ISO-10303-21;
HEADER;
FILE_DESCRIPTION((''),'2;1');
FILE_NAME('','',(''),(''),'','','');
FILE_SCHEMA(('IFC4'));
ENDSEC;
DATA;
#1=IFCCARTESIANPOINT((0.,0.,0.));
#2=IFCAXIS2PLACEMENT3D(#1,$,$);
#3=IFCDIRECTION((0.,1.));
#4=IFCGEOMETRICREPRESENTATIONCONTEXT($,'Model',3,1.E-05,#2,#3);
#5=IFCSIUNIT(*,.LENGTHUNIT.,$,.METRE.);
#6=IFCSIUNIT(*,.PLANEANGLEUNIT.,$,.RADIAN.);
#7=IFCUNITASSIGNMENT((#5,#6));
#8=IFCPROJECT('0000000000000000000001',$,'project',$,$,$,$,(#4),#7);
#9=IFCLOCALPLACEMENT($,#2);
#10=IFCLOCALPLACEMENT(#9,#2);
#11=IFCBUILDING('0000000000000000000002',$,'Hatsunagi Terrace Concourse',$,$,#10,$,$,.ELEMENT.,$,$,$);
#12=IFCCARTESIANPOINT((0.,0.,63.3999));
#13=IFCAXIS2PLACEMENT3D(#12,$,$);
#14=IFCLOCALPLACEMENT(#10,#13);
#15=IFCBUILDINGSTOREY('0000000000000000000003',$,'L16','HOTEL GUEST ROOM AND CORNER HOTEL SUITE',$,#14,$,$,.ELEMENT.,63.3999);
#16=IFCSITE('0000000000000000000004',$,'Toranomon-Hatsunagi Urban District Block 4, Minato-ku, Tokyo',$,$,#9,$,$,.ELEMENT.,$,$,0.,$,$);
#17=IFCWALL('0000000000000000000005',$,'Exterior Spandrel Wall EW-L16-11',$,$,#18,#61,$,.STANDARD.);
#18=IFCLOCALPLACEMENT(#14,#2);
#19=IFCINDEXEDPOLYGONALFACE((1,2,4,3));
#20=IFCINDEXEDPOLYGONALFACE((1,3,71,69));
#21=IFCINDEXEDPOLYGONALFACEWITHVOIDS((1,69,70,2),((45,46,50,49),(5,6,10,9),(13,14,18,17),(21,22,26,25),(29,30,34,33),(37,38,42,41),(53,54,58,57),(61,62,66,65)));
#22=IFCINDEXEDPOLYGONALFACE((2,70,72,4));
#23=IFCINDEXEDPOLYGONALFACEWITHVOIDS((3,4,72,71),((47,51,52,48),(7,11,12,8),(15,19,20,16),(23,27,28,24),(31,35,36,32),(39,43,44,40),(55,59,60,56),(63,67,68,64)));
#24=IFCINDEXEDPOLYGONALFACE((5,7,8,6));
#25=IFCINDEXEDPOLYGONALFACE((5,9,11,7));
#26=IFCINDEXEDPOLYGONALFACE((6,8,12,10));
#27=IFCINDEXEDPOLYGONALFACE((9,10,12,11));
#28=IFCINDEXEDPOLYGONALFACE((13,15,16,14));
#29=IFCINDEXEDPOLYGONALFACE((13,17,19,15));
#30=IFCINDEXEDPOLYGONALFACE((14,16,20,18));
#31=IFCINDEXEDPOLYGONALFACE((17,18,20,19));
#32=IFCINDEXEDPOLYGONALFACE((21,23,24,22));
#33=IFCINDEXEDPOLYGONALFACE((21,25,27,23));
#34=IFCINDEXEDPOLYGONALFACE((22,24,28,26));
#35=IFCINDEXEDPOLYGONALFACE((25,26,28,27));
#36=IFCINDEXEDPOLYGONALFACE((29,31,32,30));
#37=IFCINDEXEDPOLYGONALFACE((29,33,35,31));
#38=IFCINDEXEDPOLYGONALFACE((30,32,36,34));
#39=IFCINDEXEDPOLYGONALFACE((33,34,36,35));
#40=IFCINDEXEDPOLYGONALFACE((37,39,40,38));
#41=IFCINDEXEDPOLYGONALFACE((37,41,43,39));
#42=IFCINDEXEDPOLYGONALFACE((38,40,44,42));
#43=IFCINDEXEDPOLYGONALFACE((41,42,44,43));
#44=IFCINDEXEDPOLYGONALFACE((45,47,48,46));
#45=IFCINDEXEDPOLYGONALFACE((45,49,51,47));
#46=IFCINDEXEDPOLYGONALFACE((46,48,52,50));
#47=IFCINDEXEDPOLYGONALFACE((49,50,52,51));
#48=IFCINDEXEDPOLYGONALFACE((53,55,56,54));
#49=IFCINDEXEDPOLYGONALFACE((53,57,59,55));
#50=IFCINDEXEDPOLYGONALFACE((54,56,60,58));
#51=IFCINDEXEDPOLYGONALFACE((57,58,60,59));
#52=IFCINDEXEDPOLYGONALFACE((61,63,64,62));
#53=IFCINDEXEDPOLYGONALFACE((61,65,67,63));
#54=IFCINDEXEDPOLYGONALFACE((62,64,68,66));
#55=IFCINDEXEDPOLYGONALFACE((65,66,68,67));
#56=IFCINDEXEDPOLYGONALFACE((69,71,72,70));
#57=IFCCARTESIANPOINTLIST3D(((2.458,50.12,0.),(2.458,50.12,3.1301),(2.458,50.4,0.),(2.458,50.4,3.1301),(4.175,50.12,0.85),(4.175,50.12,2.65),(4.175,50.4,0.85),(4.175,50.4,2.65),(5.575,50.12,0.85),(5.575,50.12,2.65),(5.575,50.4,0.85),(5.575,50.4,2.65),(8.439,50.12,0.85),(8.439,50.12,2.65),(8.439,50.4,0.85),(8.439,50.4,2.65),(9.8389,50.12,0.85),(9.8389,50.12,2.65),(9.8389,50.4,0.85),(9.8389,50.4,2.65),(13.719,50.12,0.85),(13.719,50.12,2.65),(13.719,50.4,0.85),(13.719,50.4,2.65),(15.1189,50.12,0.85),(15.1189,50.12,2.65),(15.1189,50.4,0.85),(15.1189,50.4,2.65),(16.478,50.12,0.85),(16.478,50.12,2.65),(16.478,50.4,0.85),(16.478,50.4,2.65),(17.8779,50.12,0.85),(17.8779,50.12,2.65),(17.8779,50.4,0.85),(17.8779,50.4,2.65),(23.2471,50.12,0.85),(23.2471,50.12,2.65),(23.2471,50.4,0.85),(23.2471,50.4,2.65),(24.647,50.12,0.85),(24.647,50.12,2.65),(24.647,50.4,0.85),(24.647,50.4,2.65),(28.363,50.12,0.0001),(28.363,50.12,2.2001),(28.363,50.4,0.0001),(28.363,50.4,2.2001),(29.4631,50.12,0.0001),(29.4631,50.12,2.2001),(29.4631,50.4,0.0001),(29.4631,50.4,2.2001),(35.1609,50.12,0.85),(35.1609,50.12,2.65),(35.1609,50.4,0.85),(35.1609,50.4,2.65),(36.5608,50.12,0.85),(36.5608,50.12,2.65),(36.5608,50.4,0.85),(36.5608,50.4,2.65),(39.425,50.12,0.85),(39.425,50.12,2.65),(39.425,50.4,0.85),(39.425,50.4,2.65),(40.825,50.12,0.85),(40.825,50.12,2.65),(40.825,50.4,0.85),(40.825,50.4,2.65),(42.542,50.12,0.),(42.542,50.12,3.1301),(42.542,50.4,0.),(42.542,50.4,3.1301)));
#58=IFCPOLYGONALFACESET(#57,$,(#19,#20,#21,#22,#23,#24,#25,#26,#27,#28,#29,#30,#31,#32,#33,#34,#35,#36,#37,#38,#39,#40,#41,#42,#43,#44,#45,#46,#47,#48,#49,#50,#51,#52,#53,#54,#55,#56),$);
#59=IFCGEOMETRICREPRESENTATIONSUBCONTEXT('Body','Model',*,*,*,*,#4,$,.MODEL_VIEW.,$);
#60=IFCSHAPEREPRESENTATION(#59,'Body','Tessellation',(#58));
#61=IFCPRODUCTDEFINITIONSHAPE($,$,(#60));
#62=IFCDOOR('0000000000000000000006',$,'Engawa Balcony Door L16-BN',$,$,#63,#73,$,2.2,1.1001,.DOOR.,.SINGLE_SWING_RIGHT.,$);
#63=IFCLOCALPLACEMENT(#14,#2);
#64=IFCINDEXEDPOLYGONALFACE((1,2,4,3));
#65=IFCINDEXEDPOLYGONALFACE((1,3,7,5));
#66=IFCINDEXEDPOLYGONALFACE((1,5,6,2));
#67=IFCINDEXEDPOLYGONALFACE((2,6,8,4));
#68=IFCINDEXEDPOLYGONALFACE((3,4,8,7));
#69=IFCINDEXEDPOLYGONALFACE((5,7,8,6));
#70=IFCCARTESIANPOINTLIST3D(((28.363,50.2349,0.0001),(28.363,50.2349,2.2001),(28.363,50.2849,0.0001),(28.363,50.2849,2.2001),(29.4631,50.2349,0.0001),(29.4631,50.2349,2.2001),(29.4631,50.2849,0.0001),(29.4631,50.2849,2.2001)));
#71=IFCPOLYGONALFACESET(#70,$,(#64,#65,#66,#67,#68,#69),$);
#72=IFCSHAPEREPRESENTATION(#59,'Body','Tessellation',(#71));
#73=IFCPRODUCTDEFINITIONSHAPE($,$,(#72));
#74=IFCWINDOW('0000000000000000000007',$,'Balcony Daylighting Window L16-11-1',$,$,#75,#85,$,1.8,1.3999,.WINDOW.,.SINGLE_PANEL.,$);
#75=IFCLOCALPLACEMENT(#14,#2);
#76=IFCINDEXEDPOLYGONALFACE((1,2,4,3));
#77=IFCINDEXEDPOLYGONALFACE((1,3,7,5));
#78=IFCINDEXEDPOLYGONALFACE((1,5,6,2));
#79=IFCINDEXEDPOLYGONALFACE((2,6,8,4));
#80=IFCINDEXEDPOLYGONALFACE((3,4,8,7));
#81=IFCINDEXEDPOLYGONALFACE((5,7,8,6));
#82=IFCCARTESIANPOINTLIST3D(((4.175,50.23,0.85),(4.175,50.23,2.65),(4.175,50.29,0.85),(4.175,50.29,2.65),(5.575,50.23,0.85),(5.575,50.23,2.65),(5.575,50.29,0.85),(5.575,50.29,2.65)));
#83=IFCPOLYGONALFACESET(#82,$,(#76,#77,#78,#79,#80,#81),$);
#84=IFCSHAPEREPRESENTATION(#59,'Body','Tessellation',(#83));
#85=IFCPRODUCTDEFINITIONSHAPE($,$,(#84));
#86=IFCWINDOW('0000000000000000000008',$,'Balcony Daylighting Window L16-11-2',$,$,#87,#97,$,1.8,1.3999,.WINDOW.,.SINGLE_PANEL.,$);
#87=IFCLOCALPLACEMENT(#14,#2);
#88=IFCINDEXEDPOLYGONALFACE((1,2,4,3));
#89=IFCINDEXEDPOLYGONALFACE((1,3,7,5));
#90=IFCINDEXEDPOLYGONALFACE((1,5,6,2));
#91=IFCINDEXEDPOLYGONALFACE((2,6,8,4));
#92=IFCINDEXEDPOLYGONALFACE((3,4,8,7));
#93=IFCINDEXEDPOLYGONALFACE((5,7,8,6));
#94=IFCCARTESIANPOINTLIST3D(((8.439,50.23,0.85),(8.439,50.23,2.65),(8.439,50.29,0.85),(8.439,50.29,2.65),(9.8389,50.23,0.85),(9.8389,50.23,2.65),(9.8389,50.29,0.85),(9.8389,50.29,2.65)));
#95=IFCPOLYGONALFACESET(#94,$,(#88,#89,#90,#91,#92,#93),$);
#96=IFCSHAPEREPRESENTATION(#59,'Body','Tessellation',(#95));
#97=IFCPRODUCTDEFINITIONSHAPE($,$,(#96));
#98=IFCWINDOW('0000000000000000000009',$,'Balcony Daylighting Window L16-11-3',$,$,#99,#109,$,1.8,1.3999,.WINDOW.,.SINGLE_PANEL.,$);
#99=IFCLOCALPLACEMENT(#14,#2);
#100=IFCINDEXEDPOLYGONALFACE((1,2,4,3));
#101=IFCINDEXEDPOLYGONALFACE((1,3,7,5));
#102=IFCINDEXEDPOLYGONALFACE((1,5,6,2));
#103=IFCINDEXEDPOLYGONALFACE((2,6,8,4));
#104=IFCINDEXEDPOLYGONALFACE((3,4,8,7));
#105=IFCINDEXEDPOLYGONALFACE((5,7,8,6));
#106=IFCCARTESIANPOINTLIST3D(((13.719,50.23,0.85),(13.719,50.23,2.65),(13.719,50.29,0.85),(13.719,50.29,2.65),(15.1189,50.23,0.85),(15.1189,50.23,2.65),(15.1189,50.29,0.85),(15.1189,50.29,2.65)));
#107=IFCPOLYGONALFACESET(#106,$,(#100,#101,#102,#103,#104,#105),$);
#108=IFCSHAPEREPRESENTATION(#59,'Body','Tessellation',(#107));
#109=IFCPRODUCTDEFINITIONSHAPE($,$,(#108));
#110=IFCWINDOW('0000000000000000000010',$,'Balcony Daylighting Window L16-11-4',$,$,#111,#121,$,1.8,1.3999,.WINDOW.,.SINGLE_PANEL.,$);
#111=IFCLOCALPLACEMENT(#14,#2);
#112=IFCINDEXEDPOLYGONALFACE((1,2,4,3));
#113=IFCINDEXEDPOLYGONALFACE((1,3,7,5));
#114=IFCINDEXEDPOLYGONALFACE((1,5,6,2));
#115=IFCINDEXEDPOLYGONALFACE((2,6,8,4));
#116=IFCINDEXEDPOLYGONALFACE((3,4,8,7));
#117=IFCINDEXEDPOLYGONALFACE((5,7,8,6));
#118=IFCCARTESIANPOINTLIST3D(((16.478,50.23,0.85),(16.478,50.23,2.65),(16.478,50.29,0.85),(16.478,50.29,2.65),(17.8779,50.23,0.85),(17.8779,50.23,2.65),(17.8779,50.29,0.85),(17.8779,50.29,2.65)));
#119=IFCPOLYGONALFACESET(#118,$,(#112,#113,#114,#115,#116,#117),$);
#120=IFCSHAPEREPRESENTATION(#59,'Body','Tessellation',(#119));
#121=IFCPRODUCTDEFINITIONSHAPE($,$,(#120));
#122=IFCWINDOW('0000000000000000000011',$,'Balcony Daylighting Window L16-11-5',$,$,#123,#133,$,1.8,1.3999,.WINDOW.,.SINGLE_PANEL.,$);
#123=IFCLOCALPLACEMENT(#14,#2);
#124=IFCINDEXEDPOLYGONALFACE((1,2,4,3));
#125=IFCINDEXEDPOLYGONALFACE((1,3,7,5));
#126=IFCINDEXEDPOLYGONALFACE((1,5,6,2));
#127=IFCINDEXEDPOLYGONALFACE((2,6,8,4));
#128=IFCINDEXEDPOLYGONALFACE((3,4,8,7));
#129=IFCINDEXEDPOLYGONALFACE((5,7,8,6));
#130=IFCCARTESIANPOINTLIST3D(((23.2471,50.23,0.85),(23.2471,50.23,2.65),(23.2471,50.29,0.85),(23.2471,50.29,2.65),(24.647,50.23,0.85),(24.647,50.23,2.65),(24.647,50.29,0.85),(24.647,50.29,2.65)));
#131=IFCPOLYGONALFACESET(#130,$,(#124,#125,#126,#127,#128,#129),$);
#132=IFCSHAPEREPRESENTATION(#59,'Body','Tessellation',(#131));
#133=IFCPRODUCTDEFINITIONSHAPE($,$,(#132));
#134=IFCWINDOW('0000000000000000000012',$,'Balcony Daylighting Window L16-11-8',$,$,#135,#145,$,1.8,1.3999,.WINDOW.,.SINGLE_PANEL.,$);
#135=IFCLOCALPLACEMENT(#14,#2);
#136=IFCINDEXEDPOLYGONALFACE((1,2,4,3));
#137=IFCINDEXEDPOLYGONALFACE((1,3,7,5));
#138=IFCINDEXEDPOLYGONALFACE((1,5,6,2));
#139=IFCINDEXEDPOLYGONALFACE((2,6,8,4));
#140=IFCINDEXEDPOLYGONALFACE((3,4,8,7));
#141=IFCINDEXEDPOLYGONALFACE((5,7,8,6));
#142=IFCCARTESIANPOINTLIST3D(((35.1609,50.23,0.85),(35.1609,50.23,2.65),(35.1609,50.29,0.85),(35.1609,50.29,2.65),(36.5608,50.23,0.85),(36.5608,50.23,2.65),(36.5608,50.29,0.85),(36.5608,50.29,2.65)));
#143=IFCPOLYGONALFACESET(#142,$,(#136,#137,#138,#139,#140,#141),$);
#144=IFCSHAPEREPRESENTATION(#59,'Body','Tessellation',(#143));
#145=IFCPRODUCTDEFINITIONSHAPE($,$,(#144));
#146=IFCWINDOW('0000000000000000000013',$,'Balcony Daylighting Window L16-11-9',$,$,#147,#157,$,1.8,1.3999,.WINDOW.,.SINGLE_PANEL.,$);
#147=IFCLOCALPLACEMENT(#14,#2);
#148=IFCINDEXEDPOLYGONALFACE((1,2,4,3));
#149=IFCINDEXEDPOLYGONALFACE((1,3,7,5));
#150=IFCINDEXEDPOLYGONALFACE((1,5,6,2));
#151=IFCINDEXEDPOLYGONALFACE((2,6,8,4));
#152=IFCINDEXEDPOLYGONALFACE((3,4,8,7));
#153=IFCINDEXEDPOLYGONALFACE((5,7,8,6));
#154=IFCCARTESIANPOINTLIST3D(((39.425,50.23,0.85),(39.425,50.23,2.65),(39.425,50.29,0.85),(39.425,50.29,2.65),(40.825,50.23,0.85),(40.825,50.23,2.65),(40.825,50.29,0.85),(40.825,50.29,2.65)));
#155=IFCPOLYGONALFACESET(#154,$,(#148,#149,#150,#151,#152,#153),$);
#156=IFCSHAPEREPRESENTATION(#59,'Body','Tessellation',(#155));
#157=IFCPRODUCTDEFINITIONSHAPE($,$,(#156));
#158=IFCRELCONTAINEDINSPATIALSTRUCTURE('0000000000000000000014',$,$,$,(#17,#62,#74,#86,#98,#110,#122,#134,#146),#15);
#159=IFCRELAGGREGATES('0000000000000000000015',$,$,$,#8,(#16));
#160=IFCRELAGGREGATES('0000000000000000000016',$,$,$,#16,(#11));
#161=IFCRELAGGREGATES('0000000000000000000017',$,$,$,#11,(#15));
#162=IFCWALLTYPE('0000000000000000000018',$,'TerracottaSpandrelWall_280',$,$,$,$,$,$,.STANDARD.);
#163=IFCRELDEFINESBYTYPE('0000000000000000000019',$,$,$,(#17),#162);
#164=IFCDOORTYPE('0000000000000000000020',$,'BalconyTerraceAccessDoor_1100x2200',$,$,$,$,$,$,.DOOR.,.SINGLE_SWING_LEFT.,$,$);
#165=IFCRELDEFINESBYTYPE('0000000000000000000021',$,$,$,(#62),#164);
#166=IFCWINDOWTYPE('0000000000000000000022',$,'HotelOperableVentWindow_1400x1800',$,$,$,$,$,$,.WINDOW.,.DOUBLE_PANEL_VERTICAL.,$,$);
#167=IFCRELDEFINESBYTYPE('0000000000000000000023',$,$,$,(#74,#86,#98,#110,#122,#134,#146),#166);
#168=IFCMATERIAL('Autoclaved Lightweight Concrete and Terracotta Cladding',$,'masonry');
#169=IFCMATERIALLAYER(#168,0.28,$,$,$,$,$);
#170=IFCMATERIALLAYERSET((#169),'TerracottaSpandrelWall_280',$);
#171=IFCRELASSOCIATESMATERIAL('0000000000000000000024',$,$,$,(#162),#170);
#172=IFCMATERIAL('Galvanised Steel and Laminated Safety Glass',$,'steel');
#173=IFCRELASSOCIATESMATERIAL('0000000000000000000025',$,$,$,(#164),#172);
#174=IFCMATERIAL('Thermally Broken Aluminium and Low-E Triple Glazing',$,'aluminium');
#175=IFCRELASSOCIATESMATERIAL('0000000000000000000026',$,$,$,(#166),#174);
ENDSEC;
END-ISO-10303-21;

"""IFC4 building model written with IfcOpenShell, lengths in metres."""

from ifc_helpers import new_model, si_unit, direction, frame, frame_2d, origin, place, context, subcontext, project, spatial, rectangle, extrude, material, layer, layer_set, type_object, element, fill, save


model = new_model("IFC4")

# Units and contexts
model_context = context("Model", 3, precision=1e-05, world=origin(), true_north=direction((0.0, 1.0)))
body_context = subcontext(model_context, "Body", "Model", "MODEL_VIEW")
ifc_project = project(units=[si_unit("LENGTHUNIT", "METRE"), si_unit("PLANEANGLEUNIT", "RADIAN")], contexts=[model_context])

# Site, building, storey
site_placement = place(None, origin())
site = spatial("IfcSite", under=ifc_project, at=site_placement, Name="Toranomon-Hatsunagi Urban District Block 4, Minato-ku, Tokyo", CompositionType="ELEMENT", RefElevation=0.0)
building_placement = place(site_placement, origin())
building = spatial("IfcBuilding", under=site, at=building_placement, Name="Hatsunagi Terrace Concourse", CompositionType="ELEMENT")
storey_placement = place(building_placement, frame((0.0, 0.0, 63.3999)))
storey = spatial("IfcBuildingStorey", under=building, at=storey_placement, Name="L16", Description="HOTEL GUEST ROOM AND CORNER HOTEL SUITE", CompositionType="ELEMENT", Elevation=63.3999)

# Shared definitions
ifc_material_1 = material(Name="Autoclaved Lightweight Concrete and Terracotta Cladding", Category="masonry")
ifc_layer_1 = layer(ifc_material_1, 0.28)
ifc_layer_set_1 = layer_set([ifc_layer_1], Name="TerracottaSpandrelWall_280")
wall_type = type_object("IfcWallType", Name="TerracottaSpandrelWall_280", PredefinedType="STANDARD", material=ifc_layer_set_1)

# Wall, openings, door, windows
wall_1_placement = place(storey_placement, frame((2.458, 50.26, 0.0), z_axis=(0.0, 0.0, 1.0), x_axis=(1.0, 0.0, 0.0)))
wall_1 = element("IfcWall", 1, at=wall_1_placement, inside=storey, type_object=wall_type, Name="Exterior Spandrel Wall EW-L16-11", PredefinedType="STANDARD", context=body_context, shape_type="SweptSolid", body=[
    extrude(rectangle(XDim=40.084, YDim=0.28, at=frame_2d((20.042, 0.0))), origin(), (0.0, 0.0, 1.0), 3.1301),
])
opening_1_placement = place(wall_1_placement, frame((25.905, 0.0, 0.0)))
opening_1 = element("IfcOpeningElement", 2, at=opening_1_placement, cuts=wall_1, PredefinedType="OPENING", context=body_context, shape_type="SweptSolid", body=[
    extrude(rectangle(XDim=1.1001, YDim=2.2, at=frame_2d((0.55, 1.1001))), frame((0.0, 0.1499, 0.0), z_axis=(0.0, -1.0, 0.0), x_axis=(1.0, 0.0, 0.0)), (0.0, 0.0, 1.0), 0.3),
])
opening_2_placement = place(wall_1_placement, frame((1.717, 0.0, 0.8501)))
opening_2 = element("IfcOpeningElement", 3, at=opening_2_placement, cuts=wall_1, PredefinedType="OPENING", context=body_context, shape_type="SweptSolid", body=[
    extrude(rectangle(XDim=1.3999, YDim=1.8, at=frame_2d((0.7, 0.8999))), frame((0.0, 0.1499, 0.0), z_axis=(0.0, -1.0, 0.0), x_axis=(1.0, 0.0, 0.0)), (0.0, 0.0, 1.0), 0.3),
])
opening_3_placement = place(wall_1_placement, frame((5.981, 0.0, 0.8501)))
opening_3 = element("IfcOpeningElement", 4, at=opening_3_placement, cuts=wall_1, PredefinedType="OPENING", context=body_context, shape_type="SweptSolid", body=[
    extrude(rectangle(XDim=1.3999, YDim=1.8, at=frame_2d((0.7, 0.8999))), frame((0.0, 0.1499, 0.0), z_axis=(0.0, -1.0, 0.0), x_axis=(1.0, 0.0, 0.0)), (0.0, 0.0, 1.0), 0.3),
])
opening_4_placement = place(wall_1_placement, frame((11.261, 0.0, 0.8501)))
opening_4 = element("IfcOpeningElement", 5, at=opening_4_placement, cuts=wall_1, PredefinedType="OPENING", context=body_context, shape_type="SweptSolid", body=[
    extrude(rectangle(XDim=1.3999, YDim=1.8, at=frame_2d((0.7, 0.8999))), frame((0.0, 0.1499, 0.0), z_axis=(0.0, -1.0, 0.0), x_axis=(1.0, 0.0, 0.0)), (0.0, 0.0, 1.0), 0.3),
])
opening_5_placement = place(wall_1_placement, frame((14.02, 0.0, 0.8501)))
opening_5 = element("IfcOpeningElement", 6, at=opening_5_placement, cuts=wall_1, PredefinedType="OPENING", context=body_context, shape_type="SweptSolid", body=[
    extrude(rectangle(XDim=1.3999, YDim=1.8, at=frame_2d((0.7, 0.8999))), frame((0.0, 0.1499, 0.0), z_axis=(0.0, -1.0, 0.0), x_axis=(1.0, 0.0, 0.0)), (0.0, 0.0, 1.0), 0.3),
])
opening_6_placement = place(wall_1_placement, frame((20.7891, 0.0, 0.8501)))
opening_6 = element("IfcOpeningElement", 7, at=opening_6_placement, cuts=wall_1, PredefinedType="OPENING", context=body_context, shape_type="SweptSolid", body=[
    extrude(rectangle(XDim=1.3999, YDim=1.8, at=frame_2d((0.7, 0.8999))), frame((0.0, 0.1499, 0.0), z_axis=(0.0, -1.0, 0.0), x_axis=(1.0, 0.0, 0.0)), (0.0, 0.0, 1.0), 0.3),
])
opening_7_placement = place(wall_1_placement, frame((32.7029, 0.0, 0.8501)))
opening_7 = element("IfcOpeningElement", 8, at=opening_7_placement, cuts=wall_1, PredefinedType="OPENING", context=body_context, shape_type="SweptSolid", body=[
    extrude(rectangle(XDim=1.3999, YDim=1.8, at=frame_2d((0.7, 0.8999))), frame((0.0, 0.1499, 0.0), z_axis=(0.0, -1.0, 0.0), x_axis=(1.0, 0.0, 0.0)), (0.0, 0.0, 1.0), 0.3),
])
opening_8_placement = place(wall_1_placement, frame((36.967, 0.0, 0.8501)))
opening_8 = element("IfcOpeningElement", 9, at=opening_8_placement, cuts=wall_1, PredefinedType="OPENING", context=body_context, shape_type="SweptSolid", body=[
    extrude(rectangle(XDim=1.3999, YDim=1.8, at=frame_2d((0.7, 0.8999))), frame((0.0, 0.1499, 0.0), z_axis=(0.0, -1.0, 0.0), x_axis=(1.0, 0.0, 0.0)), (0.0, 0.0, 1.0), 0.3),
])
ifc_material_2 = material(Name="Galvanised Steel and Laminated Safety Glass", Category="steel")
door_type = type_object("IfcDoorType", Name="BalconyTerraceAccessDoor_1100x2200", OperationType="SINGLE_SWING_LEFT", PredefinedType="DOOR", material=ifc_material_2)
door_placement = place(opening_1_placement, origin())
door = element("IfcDoor", 10, at=door_placement, inside=storey, type_object=door_type, Name="Engawa Balcony Door L16-BN", OperationType="SINGLE_SWING_RIGHT", OverallHeight=2.2, OverallWidth=1.1001, PredefinedType="DOOR", context=body_context, shape_type="SweptSolid", body=[
    extrude(rectangle(XDim=1.1001, YDim=2.2, at=frame_2d((0.55, 1.1001))), frame((0.0, 0.0249, 0.0), z_axis=(0.0, -1.0, 0.0), x_axis=(1.0, 0.0, 0.0)), (0.0, 0.0, 1.0), 0.05),
])
fill(opening_1, door)
ifc_material_3 = material(Name="Thermally Broken Aluminium and Low-E Triple Glazing", Category="aluminium")
window_type = type_object("IfcWindowType", Name="HotelOperableVentWindow_1400x1800", PartitioningType="DOUBLE_PANEL_VERTICAL", PredefinedType="WINDOW", material=ifc_material_3)
window_1_placement = place(opening_2_placement, origin())
window_1 = element("IfcWindow", 11, at=window_1_placement, inside=storey, type_object=window_type, Name="Balcony Daylighting Window L16-11-1", OverallHeight=1.8, OverallWidth=1.3999, PartitioningType="SINGLE_PANEL", PredefinedType="WINDOW", context=body_context, shape_type="SweptSolid", body=[
    extrude(rectangle(XDim=1.3999, YDim=1.8, at=frame_2d((0.7, 0.8999))), frame((0.0, 0.03, 0.0), z_axis=(0.0, -1.0, 0.0), x_axis=(1.0, 0.0, 0.0)), (0.0, 0.0, 1.0), 0.0601),
])
fill(opening_2, window_1)
window_2_placement = place(opening_3_placement, origin())
window_2 = element("IfcWindow", 12, at=window_2_placement, inside=storey, type_object=window_type, Name="Balcony Daylighting Window L16-11-2", OverallHeight=1.8, OverallWidth=1.3999, PartitioningType="SINGLE_PANEL", PredefinedType="WINDOW", context=body_context, shape_type="SweptSolid", body=[
    extrude(rectangle(XDim=1.3999, YDim=1.8, at=frame_2d((0.7, 0.8999))), frame((0.0, 0.03, 0.0), z_axis=(0.0, -1.0, 0.0), x_axis=(1.0, 0.0, 0.0)), (0.0, 0.0, 1.0), 0.0601),
])
fill(opening_3, window_2)
window_3_placement = place(opening_4_placement, origin())
window_3 = element("IfcWindow", 13, at=window_3_placement, inside=storey, type_object=window_type, Name="Balcony Daylighting Window L16-11-3", OverallHeight=1.8, OverallWidth=1.3999, PartitioningType="SINGLE_PANEL", PredefinedType="WINDOW", context=body_context, shape_type="SweptSolid", body=[
    extrude(rectangle(XDim=1.3999, YDim=1.8, at=frame_2d((0.7, 0.8999))), frame((0.0, 0.03, 0.0), z_axis=(0.0, -1.0, 0.0), x_axis=(1.0, 0.0, 0.0)), (0.0, 0.0, 1.0), 0.0601),
])
fill(opening_4, window_3)
window_4_placement = place(opening_5_placement, origin())
window_4 = element("IfcWindow", 14, at=window_4_placement, inside=storey, type_object=window_type, Name="Balcony Daylighting Window L16-11-4", OverallHeight=1.8, OverallWidth=1.3999, PartitioningType="SINGLE_PANEL", PredefinedType="WINDOW", context=body_context, shape_type="SweptSolid", body=[
    extrude(rectangle(XDim=1.3999, YDim=1.8, at=frame_2d((0.7, 0.8999))), frame((0.0, 0.03, 0.0), z_axis=(0.0, -1.0, 0.0), x_axis=(1.0, 0.0, 0.0)), (0.0, 0.0, 1.0), 0.0601),
])
fill(opening_5, window_4)
window_5_placement = place(opening_6_placement, origin())
window_5 = element("IfcWindow", 15, at=window_5_placement, inside=storey, type_object=window_type, Name="Balcony Daylighting Window L16-11-5", OverallHeight=1.8, OverallWidth=1.3999, PartitioningType="SINGLE_PANEL", PredefinedType="WINDOW", context=body_context, shape_type="SweptSolid", body=[
    extrude(rectangle(XDim=1.3999, YDim=1.8, at=frame_2d((0.7, 0.8999))), frame((0.0, 0.03, 0.0), z_axis=(0.0, -1.0, 0.0), x_axis=(1.0, 0.0, 0.0)), (0.0, 0.0, 1.0), 0.0601),
])
fill(opening_6, window_5)
window_6_placement = place(opening_7_placement, origin())
window_6 = element("IfcWindow", 16, at=window_6_placement, inside=storey, type_object=window_type, Name="Balcony Daylighting Window L16-11-8", OverallHeight=1.8, OverallWidth=1.3999, PartitioningType="SINGLE_PANEL", PredefinedType="WINDOW", context=body_context, shape_type="SweptSolid", body=[
    extrude(rectangle(XDim=1.3999, YDim=1.8, at=frame_2d((0.7, 0.8999))), frame((0.0, 0.03, 0.0), z_axis=(0.0, -1.0, 0.0), x_axis=(1.0, 0.0, 0.0)), (0.0, 0.0, 1.0), 0.0601),
])
fill(opening_7, window_6)
window_7_placement = place(opening_8_placement, origin())
window_7 = element("IfcWindow", 17, at=window_7_placement, inside=storey, type_object=window_type, Name="Balcony Daylighting Window L16-11-9", OverallHeight=1.8, OverallWidth=1.3999, PartitioningType="SINGLE_PANEL", PredefinedType="WINDOW", context=body_context, shape_type="SweptSolid", body=[
    extrude(rectangle(XDim=1.3999, YDim=1.8, at=frame_2d((0.7, 0.8999))), frame((0.0, 0.03, 0.0), z_axis=(0.0, -1.0, 0.0), x_axis=(1.0, 0.0, 0.0)), (0.0, 0.0, 1.0), 0.0601),
])
fill(opening_8, window_7)

save(model, "model.ifc")
